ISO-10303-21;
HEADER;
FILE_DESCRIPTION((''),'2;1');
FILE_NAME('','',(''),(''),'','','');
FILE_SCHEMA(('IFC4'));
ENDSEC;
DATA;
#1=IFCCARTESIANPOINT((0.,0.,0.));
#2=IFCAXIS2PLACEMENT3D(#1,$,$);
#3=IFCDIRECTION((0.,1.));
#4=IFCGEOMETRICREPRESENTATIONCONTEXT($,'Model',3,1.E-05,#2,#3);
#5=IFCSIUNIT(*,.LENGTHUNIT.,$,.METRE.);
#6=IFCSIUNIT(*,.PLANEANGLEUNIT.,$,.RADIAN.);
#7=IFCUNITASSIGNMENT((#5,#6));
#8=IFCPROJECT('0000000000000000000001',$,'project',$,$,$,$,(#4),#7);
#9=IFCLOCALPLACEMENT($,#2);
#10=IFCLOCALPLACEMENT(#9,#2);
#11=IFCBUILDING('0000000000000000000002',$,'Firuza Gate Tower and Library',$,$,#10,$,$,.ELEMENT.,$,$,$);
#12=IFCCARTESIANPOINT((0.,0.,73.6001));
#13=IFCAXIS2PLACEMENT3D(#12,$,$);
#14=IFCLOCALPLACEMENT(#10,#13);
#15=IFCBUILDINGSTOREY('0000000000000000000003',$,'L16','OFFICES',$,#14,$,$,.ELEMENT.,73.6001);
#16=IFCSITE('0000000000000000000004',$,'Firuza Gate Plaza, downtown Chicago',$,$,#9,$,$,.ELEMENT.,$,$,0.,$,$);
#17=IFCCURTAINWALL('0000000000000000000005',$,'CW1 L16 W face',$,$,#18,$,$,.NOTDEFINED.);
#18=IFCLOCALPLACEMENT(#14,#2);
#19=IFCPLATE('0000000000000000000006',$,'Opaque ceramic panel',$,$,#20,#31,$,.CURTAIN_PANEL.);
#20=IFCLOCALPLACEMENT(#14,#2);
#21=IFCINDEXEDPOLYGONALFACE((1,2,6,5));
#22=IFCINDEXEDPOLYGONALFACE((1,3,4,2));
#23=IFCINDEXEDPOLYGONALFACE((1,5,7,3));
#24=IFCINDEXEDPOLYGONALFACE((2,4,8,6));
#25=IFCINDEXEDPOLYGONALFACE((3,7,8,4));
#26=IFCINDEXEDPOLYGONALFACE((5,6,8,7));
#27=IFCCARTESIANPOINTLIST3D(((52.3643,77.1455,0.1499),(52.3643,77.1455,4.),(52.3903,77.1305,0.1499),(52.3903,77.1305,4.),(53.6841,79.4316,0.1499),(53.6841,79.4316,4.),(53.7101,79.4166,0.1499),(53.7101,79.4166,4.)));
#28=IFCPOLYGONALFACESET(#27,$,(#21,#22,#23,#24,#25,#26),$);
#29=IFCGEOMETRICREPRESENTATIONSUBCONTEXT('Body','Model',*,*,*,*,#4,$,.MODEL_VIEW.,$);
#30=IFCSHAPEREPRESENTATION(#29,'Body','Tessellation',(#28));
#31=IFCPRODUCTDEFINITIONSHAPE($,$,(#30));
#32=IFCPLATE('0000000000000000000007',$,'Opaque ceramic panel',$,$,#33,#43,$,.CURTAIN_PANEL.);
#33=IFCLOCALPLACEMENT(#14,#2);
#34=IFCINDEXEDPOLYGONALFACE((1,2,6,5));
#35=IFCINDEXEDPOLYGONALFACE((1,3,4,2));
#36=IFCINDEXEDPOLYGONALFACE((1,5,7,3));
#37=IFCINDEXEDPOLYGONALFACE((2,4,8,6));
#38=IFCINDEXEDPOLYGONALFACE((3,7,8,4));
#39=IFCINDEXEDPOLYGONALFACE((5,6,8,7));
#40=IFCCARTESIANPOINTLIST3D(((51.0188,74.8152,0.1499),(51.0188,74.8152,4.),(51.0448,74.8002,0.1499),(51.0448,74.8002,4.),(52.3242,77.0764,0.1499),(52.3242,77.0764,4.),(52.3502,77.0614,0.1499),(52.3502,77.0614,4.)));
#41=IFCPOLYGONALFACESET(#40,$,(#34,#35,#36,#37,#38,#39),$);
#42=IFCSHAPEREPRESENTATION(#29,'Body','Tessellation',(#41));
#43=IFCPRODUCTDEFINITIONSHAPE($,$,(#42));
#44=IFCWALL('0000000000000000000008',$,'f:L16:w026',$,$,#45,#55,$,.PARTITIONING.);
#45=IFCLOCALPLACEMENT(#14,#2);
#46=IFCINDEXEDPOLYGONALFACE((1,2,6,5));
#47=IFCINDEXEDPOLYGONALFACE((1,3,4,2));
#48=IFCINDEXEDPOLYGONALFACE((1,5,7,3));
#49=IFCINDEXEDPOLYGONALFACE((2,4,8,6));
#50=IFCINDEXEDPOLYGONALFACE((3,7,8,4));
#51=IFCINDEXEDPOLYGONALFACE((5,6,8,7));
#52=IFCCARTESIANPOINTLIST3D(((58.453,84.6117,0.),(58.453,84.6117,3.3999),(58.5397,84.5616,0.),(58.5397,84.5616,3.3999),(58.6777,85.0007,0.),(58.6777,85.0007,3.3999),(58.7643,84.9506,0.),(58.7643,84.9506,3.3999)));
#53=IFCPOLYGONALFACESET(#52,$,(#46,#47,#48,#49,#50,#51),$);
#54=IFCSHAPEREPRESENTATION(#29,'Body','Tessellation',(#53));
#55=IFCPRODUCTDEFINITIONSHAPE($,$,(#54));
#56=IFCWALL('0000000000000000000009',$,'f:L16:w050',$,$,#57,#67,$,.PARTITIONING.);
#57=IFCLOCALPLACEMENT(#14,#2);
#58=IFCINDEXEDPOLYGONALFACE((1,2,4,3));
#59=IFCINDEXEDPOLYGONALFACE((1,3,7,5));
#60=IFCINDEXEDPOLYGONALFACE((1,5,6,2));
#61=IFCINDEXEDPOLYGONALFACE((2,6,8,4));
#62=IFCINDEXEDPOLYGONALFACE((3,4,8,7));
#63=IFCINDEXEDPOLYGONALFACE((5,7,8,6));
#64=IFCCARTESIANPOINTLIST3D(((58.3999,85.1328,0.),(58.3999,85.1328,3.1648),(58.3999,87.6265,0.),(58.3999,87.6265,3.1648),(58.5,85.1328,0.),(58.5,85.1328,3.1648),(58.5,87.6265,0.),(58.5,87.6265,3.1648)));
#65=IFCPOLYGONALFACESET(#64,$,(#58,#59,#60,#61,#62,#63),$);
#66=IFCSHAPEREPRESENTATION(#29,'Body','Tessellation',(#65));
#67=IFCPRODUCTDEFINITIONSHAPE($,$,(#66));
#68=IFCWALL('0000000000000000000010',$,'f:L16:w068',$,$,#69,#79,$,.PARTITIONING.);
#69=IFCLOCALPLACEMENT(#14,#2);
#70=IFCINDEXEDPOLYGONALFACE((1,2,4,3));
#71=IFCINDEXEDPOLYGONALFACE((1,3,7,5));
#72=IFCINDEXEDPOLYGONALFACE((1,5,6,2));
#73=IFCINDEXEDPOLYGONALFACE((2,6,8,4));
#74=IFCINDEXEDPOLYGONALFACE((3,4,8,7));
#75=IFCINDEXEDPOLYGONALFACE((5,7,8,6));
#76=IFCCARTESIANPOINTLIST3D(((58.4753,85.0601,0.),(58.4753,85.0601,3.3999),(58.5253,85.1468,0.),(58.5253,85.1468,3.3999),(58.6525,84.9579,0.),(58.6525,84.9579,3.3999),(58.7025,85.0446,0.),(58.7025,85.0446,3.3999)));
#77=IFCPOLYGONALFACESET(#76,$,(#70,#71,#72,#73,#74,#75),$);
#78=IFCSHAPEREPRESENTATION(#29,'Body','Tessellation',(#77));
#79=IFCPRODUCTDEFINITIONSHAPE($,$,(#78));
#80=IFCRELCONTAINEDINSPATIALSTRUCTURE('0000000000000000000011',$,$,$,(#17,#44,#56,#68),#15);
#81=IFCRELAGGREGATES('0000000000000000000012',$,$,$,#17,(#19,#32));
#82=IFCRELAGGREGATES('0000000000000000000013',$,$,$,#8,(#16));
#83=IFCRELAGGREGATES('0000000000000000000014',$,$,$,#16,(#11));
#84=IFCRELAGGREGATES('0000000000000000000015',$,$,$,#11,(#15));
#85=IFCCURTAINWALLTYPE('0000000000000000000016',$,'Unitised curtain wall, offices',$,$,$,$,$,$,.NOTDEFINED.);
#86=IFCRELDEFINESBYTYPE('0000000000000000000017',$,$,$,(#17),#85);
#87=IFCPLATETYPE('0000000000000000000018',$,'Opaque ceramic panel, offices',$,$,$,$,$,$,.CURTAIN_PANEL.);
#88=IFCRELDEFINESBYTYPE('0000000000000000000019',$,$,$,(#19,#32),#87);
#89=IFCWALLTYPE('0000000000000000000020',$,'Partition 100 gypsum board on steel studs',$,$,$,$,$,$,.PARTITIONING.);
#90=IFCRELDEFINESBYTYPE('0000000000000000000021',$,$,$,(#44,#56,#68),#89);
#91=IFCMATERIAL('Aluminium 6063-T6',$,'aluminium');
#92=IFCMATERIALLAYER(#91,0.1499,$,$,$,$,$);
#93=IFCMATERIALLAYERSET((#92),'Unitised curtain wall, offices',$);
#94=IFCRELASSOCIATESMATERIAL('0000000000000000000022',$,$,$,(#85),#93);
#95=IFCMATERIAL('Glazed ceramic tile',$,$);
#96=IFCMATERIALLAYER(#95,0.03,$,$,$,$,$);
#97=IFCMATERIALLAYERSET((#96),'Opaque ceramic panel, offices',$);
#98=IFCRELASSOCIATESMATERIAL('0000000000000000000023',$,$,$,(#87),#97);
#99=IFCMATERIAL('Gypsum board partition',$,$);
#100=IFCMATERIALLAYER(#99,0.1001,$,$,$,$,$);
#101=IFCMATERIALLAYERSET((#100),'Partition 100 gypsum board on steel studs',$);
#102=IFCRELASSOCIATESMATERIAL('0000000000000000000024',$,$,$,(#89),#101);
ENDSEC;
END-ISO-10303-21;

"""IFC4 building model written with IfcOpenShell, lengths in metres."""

from ifc_helpers import new_model, si_unit, direction, frame, frame_2d, origin, place, context, subcontext, project, spatial, polyline, rectangle, outline, extrude, material, layer, layer_set, type_object, element, aggregate, save


model = new_model("IFC4")

# Units and contexts
model_context = context("Model", 3, precision=1e-05, world=origin(), true_north=direction((0.0, 1.0)))
body_context = subcontext(model_context, "Body", "Model", "MODEL_VIEW")
ifc_project = project(units=[si_unit("LENGTHUNIT", "METRE"), si_unit("PLANEANGLEUNIT", "RADIAN")], contexts=[model_context])

# Site, building, storey
site_placement = place(None, origin())
site = spatial("IfcSite", under=ifc_project, at=site_placement, Name="Firuza Gate Plaza, downtown Chicago", CompositionType="ELEMENT", RefElevation=0.0)
building_placement = place(site_placement, origin())
building = spatial("IfcBuilding", under=site, at=building_placement, Name="Firuza Gate Tower and Library", CompositionType="ELEMENT")
storey_placement = place(building_placement, frame((0.0, 0.0, 73.6001)))
storey = spatial("IfcBuildingStorey", under=building, at=storey_placement, Name="L16", Description="OFFICES", CompositionType="ELEMENT", Elevation=73.6001)

# Curtain wall
ifc_material_1 = material(Name="Aluminium 6063-T6", Category="aluminium")
ifc_layer_1 = layer(ifc_material_1, 0.1499)
ifc_layer_set_1 = layer_set([ifc_layer_1], Name="Unitised curtain wall, offices")
curtain_wall_type = type_object("IfcCurtainWallType", Name="Unitised curtain wall, offices", PredefinedType="NOTDEFINED", material=ifc_layer_set_1)
curtain_wall_placement = place(storey_placement, origin())
curtain_wall = element("IfcCurtainWall", 1, at=curtain_wall_placement, inside=storey, type_object=curtain_wall_type, Name="CW1 L16 W face", PredefinedType="NOTDEFINED")

# Plates
ifc_material_2 = material(Name="Glazed ceramic tile")
ifc_layer_2 = layer(ifc_material_2, 0.03)
ifc_layer_set_2 = layer_set([ifc_layer_2], Name="Opaque ceramic panel, offices")
plate_type_1 = type_object("IfcPlateType", Name="Opaque ceramic panel, offices", PredefinedType="CURTAIN_PANEL", material=ifc_layer_set_2)
plate_1_placement = place(storey_placement, frame((53.6841, 79.4316, 0.1499), z_axis=(-0.866038, 0.499979, 0.0), x_axis=(-0.499979, -0.866038, 0.0)))
plate_1 = element("IfcPlate", 2, at=plate_1_placement, type_object=plate_type_1, Name="Opaque ceramic panel", PredefinedType="CURTAIN_PANEL", context=body_context, shape_type="SweptSolid", body=[
    extrude(outline(polyline([(0.0, 0.0), (2.6398, 0.0), (2.6398, 3.8501), (0.0, 3.8501), (0.0, 0.0)])), origin(), (0.0, 0.0, -1.0), 0.03),
])
plate_2_placement = place(storey_placement, frame((52.3242, 77.0764, 0.1499), z_axis=(-0.866042, 0.499971, 0.0), x_axis=(-0.499971, -0.866042, 0.0)))
plate_2 = element("IfcPlate", 3, at=plate_2_placement, type_object=plate_type_1, Name="Opaque ceramic panel", PredefinedType="CURTAIN_PANEL", context=body_context, shape_type="SweptSolid", body=[
    extrude(outline(polyline([(0.0, 0.0), (2.611, 0.0), (2.611, 3.8501), (0.0, 3.8501), (0.0, 0.0)])), origin(), (0.0, 0.0, -1.0), 0.03),
])
aggregate(curtain_wall, [plate_1, plate_2])

# Walls
ifc_material_3 = material(Name="Gypsum board partition")
ifc_layer_3 = layer(ifc_material_3, 0.1001)
ifc_layer_set_3 = layer_set([ifc_layer_3], Name="Partition 100 gypsum board on steel studs")
wall_type = type_object("IfcWallType", Name="Partition 100 gypsum board on steel studs", PredefinedType="PARTITIONING", material=ifc_layer_set_3)
wall_1_placement = place(storey_placement, frame((58.4963, 84.5867, 0.0), z_axis=(0.0, 0.0, 1.0), x_axis=(0.500115, 0.865959, 0.0)))
element("IfcWall", 4, at=wall_1_placement, inside=storey, type_object=wall_type, Name="f:L16:w026", PredefinedType="PARTITIONING", context=body_context, shape_type="SweptSolid", body=[
    extrude(rectangle(XDim=0.4492, YDim=0.1001, at=frame_2d((0.2246, 0.0))), origin(), (0.0, 0.0, 1.0), 3.3999),
])
wall_2_placement = place(storey_placement, frame((58.45, 85.1328, 0.0), z_axis=(0.0, 0.0, 1.0), x_axis=(0.0, 1.0, 0.0)))
element("IfcWall", 5, at=wall_2_placement, inside=storey, type_object=wall_type, Name="f:L16:w050", PredefinedType="PARTITIONING", context=body_context, shape_type="SweptSolid", body=[
    extrude(rectangle(XDim=2.4937, YDim=0.1001, at=frame_2d((1.2468, 0.0))), origin(), (0.0, 0.0, 1.0), 3.1648),
])
wall_3_placement = place(storey_placement, frame((58.6775, 85.0012, 0.0), z_axis=(0.0, 0.0, 1.0), x_axis=(-0.866106, 0.49986, 0.0)))
element("IfcWall", 6, at=wall_3_placement, inside=storey, type_object=wall_type, Name="f:L16:w068", PredefinedType="PARTITIONING", context=body_context, shape_type="SweptSolid", body=[
    extrude(rectangle(XDim=0.2046, YDim=0.1001, at=frame_2d((0.1023, 0.0))), origin(), (0.0, 0.0, 1.0), 3.3999),
])

save(model, "model.ifc")
